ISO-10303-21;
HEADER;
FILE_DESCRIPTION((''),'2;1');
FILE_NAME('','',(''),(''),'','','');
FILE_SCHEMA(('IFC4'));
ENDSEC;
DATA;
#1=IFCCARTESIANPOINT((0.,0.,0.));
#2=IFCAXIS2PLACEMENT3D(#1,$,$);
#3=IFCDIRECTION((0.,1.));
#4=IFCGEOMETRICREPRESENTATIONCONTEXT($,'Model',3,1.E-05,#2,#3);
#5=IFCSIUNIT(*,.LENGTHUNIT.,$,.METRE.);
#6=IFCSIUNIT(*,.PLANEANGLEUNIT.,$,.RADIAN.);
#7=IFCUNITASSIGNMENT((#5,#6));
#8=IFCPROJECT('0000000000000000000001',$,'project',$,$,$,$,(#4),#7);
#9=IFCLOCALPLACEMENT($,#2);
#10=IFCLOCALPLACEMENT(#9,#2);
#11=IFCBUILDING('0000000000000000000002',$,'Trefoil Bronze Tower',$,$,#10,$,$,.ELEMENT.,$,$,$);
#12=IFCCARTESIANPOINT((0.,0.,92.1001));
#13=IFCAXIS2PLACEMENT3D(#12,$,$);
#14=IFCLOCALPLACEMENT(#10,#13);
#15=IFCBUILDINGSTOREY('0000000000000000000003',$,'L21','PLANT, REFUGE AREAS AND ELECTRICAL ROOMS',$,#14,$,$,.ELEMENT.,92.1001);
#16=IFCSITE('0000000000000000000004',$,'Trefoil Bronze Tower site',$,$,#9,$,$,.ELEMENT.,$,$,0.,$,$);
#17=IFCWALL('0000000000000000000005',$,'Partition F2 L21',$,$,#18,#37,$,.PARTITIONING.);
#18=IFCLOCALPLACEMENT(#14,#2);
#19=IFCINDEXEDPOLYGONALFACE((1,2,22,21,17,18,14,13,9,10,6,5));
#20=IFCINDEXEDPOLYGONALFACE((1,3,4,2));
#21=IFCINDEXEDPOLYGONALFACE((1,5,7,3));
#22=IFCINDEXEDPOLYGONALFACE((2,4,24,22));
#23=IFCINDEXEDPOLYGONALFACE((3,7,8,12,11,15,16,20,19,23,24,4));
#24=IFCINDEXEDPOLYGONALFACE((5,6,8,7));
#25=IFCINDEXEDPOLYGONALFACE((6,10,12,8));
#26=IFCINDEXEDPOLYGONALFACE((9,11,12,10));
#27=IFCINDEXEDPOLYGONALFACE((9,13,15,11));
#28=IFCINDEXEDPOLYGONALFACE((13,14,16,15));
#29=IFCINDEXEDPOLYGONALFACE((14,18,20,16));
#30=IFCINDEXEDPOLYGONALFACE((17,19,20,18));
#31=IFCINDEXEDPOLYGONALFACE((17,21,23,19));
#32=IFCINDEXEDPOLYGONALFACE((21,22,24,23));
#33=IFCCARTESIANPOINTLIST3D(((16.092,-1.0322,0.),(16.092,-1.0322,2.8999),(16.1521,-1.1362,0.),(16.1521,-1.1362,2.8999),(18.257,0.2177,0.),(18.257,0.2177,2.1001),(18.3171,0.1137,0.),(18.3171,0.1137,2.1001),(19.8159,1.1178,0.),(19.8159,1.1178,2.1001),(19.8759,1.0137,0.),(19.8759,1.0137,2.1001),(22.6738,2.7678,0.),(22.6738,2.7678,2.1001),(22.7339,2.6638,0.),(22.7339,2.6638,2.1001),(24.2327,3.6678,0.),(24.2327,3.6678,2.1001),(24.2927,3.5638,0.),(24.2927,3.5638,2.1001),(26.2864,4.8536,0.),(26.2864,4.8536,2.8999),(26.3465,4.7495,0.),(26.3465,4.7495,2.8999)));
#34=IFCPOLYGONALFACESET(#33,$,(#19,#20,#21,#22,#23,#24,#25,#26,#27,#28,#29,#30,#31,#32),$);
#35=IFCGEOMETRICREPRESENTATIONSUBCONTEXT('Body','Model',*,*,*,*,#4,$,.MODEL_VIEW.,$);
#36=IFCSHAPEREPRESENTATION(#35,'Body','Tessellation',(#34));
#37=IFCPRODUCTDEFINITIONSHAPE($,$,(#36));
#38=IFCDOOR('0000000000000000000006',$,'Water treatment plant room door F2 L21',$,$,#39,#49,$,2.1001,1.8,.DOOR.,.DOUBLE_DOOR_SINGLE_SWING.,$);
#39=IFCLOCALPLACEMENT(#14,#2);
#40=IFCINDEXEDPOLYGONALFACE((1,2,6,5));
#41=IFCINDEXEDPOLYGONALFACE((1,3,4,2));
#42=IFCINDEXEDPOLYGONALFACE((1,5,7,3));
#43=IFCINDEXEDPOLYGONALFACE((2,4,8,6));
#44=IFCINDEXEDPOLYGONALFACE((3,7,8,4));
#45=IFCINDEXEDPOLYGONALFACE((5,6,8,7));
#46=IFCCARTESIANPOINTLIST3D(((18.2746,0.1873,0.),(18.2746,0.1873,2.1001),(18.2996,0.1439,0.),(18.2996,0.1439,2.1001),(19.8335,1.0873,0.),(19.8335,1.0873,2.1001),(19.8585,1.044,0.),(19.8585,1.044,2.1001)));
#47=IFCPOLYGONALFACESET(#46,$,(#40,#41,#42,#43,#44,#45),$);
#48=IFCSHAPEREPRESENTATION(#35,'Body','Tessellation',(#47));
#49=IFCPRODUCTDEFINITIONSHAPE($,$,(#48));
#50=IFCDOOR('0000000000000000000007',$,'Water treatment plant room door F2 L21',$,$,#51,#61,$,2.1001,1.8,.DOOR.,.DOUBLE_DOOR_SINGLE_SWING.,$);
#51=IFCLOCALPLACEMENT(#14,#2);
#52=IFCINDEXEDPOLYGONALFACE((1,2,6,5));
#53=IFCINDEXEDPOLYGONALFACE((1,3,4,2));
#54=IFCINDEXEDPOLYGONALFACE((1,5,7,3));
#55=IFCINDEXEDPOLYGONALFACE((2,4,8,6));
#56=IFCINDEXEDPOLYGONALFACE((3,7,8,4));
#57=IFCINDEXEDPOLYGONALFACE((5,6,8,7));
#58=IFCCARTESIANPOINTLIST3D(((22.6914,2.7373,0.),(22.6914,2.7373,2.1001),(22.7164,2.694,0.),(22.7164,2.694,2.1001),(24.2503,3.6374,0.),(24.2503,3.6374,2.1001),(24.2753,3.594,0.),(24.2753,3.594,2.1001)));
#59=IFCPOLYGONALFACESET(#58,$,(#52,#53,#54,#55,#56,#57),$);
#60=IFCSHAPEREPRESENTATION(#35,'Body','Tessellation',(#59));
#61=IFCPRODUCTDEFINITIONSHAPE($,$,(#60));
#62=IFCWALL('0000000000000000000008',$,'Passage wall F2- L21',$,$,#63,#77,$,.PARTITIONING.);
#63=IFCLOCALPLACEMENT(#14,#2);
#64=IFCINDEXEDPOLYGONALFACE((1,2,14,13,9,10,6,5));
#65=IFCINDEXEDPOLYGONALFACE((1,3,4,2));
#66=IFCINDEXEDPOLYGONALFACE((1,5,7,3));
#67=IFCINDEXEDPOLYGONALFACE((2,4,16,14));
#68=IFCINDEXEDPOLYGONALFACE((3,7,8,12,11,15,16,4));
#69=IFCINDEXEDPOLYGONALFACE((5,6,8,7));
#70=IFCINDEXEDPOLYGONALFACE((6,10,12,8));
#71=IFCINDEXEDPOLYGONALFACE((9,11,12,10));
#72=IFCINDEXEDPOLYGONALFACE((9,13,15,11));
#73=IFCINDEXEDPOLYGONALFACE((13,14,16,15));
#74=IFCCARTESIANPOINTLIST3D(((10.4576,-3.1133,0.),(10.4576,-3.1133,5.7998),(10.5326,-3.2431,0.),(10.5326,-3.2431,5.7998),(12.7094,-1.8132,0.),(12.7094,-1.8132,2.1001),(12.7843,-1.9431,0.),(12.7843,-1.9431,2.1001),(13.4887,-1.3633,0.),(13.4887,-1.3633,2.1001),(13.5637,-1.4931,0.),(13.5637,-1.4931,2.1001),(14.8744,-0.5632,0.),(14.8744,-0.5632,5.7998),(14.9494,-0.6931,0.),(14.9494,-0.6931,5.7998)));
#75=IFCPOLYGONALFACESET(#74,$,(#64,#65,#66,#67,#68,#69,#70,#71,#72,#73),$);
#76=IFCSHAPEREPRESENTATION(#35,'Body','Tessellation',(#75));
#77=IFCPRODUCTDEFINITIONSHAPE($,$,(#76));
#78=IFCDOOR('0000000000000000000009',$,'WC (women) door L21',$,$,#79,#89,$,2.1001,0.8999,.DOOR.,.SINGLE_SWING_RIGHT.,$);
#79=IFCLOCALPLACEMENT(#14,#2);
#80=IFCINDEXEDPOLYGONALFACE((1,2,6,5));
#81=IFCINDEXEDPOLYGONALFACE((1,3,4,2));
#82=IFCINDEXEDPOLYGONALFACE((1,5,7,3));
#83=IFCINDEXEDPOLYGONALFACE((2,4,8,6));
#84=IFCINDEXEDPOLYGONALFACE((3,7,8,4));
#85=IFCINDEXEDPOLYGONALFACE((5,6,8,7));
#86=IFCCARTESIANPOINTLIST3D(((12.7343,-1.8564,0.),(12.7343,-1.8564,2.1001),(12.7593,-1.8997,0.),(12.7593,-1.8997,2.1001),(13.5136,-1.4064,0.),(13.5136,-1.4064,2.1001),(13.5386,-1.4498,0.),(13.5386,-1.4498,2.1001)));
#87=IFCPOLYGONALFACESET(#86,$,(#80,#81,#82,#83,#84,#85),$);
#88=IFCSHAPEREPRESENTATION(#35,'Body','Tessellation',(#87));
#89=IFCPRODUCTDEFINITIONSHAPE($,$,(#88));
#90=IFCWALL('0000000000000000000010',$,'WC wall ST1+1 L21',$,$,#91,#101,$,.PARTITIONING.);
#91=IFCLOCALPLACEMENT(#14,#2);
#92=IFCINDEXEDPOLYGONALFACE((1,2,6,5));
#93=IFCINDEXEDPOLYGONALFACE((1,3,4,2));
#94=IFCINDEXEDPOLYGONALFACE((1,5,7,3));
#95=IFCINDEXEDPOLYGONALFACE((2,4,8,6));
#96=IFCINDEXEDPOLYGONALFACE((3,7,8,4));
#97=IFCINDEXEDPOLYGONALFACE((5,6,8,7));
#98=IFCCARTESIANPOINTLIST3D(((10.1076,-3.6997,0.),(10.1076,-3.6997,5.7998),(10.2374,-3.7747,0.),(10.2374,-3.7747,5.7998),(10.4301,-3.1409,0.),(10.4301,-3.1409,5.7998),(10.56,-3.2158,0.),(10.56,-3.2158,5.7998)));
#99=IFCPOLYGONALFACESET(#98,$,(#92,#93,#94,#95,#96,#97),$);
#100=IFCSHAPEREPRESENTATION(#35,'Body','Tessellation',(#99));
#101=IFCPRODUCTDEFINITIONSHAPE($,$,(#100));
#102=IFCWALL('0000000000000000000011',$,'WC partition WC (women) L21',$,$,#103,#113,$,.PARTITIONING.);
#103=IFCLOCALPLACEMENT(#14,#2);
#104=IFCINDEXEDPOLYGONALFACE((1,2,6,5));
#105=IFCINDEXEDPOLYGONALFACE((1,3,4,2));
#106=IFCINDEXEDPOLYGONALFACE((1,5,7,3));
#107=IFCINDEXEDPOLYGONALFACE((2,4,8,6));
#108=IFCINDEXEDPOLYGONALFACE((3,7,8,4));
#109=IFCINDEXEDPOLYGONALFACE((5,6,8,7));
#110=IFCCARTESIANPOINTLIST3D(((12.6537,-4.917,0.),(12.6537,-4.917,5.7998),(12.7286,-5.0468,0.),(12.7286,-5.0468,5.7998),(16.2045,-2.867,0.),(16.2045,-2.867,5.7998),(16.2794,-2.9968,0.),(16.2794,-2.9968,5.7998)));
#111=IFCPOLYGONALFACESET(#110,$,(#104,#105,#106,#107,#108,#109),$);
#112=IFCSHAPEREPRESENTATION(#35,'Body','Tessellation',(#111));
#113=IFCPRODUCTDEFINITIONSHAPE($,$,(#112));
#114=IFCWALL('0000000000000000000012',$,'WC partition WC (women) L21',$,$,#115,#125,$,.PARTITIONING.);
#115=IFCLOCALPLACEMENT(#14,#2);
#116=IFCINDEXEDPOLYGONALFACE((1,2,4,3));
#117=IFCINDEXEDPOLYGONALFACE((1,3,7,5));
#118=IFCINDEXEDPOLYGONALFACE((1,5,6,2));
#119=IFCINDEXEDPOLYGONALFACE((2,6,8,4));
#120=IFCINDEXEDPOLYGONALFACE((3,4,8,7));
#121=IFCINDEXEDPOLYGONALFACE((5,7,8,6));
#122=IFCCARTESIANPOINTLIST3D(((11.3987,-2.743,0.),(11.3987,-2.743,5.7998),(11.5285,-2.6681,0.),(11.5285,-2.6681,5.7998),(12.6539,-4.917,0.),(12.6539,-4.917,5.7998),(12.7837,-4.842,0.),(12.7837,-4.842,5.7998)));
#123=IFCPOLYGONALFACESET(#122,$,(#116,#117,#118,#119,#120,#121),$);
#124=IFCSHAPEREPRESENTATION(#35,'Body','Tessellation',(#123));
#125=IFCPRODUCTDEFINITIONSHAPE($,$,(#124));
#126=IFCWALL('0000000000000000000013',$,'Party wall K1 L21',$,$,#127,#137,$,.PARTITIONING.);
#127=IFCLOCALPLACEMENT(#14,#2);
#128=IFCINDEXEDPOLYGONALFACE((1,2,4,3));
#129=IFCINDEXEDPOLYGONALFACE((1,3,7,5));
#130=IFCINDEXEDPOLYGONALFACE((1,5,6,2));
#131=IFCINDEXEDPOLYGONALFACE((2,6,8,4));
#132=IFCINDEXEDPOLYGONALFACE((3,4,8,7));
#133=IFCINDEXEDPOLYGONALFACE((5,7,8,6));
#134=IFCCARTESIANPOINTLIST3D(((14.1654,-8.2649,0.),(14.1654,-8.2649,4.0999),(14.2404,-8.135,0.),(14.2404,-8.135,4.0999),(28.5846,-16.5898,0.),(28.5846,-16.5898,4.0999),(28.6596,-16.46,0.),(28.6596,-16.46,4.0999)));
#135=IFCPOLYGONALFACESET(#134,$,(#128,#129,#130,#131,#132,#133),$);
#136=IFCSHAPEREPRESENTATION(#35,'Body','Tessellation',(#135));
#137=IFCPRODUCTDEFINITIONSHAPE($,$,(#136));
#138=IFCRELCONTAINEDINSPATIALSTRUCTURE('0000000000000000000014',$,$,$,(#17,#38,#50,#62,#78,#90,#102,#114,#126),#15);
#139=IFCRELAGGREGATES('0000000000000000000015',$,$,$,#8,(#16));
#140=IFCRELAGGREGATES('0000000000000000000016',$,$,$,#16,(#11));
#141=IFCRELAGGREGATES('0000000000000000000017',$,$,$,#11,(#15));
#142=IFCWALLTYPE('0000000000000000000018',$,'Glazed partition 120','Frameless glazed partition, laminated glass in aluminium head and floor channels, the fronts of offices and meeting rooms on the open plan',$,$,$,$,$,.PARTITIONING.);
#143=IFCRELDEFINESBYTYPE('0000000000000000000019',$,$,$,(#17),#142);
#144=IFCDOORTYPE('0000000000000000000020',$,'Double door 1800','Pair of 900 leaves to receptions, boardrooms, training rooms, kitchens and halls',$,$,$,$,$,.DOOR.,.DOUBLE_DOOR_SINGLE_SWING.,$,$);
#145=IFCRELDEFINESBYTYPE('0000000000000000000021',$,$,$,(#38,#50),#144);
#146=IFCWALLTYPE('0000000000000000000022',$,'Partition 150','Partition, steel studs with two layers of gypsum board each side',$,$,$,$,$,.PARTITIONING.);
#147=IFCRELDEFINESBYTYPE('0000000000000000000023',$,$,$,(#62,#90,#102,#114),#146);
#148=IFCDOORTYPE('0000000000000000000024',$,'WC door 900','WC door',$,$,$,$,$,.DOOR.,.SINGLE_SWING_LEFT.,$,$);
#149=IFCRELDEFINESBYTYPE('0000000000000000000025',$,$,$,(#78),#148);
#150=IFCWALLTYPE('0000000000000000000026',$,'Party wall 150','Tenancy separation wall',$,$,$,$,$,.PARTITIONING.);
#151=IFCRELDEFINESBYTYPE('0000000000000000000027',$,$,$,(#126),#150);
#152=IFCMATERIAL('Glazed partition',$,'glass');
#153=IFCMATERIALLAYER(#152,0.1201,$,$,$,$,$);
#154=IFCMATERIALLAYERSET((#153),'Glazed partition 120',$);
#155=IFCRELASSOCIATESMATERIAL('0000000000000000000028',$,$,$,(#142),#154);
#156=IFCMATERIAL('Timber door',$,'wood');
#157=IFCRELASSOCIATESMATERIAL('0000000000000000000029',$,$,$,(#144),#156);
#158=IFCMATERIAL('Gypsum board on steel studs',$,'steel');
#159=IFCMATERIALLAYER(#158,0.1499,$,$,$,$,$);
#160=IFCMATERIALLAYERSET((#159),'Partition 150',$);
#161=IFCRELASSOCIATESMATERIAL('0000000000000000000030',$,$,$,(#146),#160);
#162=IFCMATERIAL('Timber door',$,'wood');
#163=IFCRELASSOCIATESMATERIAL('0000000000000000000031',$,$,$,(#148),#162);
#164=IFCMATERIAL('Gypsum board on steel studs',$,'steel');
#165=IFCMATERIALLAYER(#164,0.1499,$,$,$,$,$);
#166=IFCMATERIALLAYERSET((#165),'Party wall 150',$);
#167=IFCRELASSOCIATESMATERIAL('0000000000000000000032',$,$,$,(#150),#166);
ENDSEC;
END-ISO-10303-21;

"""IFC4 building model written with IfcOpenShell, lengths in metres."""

from ifc_helpers import new_model, si_unit, direction, frame, frame_2d, origin, place, context, subcontext, project, spatial, rectangle, extrude, material, layer, layer_set, type_object, element, fill, save


model = new_model("IFC4")

# Units and contexts
model_context = context("Model", 3, precision=1e-05, world=origin(), true_north=direction((0.0, 1.0)))
body_context = subcontext(model_context, "Body", "Model", "MODEL_VIEW")
ifc_project = project(units=[si_unit("LENGTHUNIT", "METRE"), si_unit("PLANEANGLEUNIT", "RADIAN")], contexts=[model_context])

# Site, building, storey
site_placement = place(None, origin())
site = spatial("IfcSite", under=ifc_project, at=site_placement, Name="Trefoil Bronze Tower site", CompositionType="ELEMENT", RefElevation=0.0)
building_placement = place(site_placement, origin())
building = spatial("IfcBuilding", under=site, at=building_placement, Name="Trefoil Bronze Tower", CompositionType="ELEMENT")
storey_placement = place(building_placement, frame((0.0, 0.0, 92.1001)))
storey = spatial("IfcBuildingStorey", under=building, at=storey_placement, Name="L21", Description="PLANT, REFUGE AREAS AND ELECTRICAL ROOMS", CompositionType="ELEMENT", Elevation=92.1001)

# Wall, openings, doors
ifc_material_1 = material(Name="Glazed partition", Category="glass")
ifc_layer_1 = layer(ifc_material_1, 0.1201)
ifc_layer_set_1 = layer_set([ifc_layer_1], Name="Glazed partition 120")
wall_type_1 = type_object("IfcWallType", Name="Glazed partition 120", Description="Frameless glazed partition, laminated glass in aluminium head and floor channels, the fronts of offices and meeting rooms on the open plan", PredefinedType="PARTITIONING", material=ifc_layer_set_1)
wall_1_placement = place(storey_placement, frame((16.1221, -1.0842, 0.0), z_axis=(0.0, 0.0, 1.0), x_axis=(0.866024, 0.500003, 0.0)))
wall_1 = element("IfcWall", 1, at=wall_1_placement, inside=storey, type_object=wall_type_1, Name="Partition F2 L21", PredefinedType="PARTITIONING", context=body_context, shape_type="SweptSolid", body=[
    extrude(rectangle(XDim=11.7715, YDim=0.1201, at=frame_2d((5.8857, 0.0))), origin(), (0.0, 0.0, 1.0), 2.8999),
])
opening_1_placement = place(wall_1_placement, frame((2.5, 0.0, 0.0)))
opening_1 = element("IfcOpeningElement", 2, at=opening_1_placement, cuts=wall_1, PredefinedType="OPENING", context=body_context, shape_type="SweptSolid", body=[
    extrude(rectangle(XDim=1.8, YDim=2.1001, at=frame_2d((0.8999, 1.05))), frame((0.0, 0.0701, 0.0), z_axis=(0.0, -1.0, 0.0), x_axis=(1.0, 0.0, 0.0)), (0.0, 0.0, 1.0), 0.1401),
])
opening_2_placement = place(wall_1_placement, frame((7.6001, 0.0, 0.0)))
opening_2 = element("IfcOpeningElement", 3, at=opening_2_placement, cuts=wall_1, PredefinedType="OPENING", context=body_context, shape_type="SweptSolid", body=[
    extrude(rectangle(XDim=1.8, YDim=2.1001, at=frame_2d((0.8999, 1.05))), frame((0.0, 0.0701, 0.0), z_axis=(0.0, -1.0, 0.0), x_axis=(1.0, 0.0, 0.0)), (0.0, 0.0, 1.0), 0.1401),
])
ifc_material_2 = material(Name="Timber door", Category="wood")
door_type_1 = type_object("IfcDoorType", Name="Double door 1800", Description="Pair of 900 leaves to receptions, boardrooms, training rooms, kitchens and halls", OperationType="DOUBLE_DOOR_SINGLE_SWING", PredefinedType="DOOR", material=ifc_material_2)
door_1_placement = place(opening_1_placement, origin())
door_1 = element("IfcDoor", 4, at=door_1_placement, inside=storey, type_object=door_type_1, Name="Water treatment plant room door F2 L21", OperationType="DOUBLE_DOOR_SINGLE_SWING", OverallHeight=2.1001, OverallWidth=1.8, PredefinedType="DOOR", context=body_context, shape_type="SweptSolid", body=[
    extrude(rectangle(XDim=1.8, YDim=2.1001, at=frame_2d((0.8999, 1.05))), frame((0.0, 0.0249, 0.0), z_axis=(0.0, -1.0, 0.0), x_axis=(1.0, 0.0, 0.0)), (0.0, 0.0, 1.0), 0.05),
])
fill(opening_1, door_1)
door_2_placement = place(opening_2_placement, origin())
door_2 = element("IfcDoor", 5, at=door_2_placement, inside=storey, type_object=door_type_1, Name="Water treatment plant room door F2 L21", OperationType="DOUBLE_DOOR_SINGLE_SWING", OverallHeight=2.1001, OverallWidth=1.8, PredefinedType="DOOR", context=body_context, shape_type="SweptSolid", body=[
    extrude(rectangle(XDim=1.8, YDim=2.1001, at=frame_2d((0.8999, 1.05))), frame((0.0, 0.0249, 0.0), z_axis=(0.0, -1.0, 0.0), x_axis=(1.0, 0.0, 0.0)), (0.0, 0.0, 1.0), 0.05),
])
fill(opening_2, door_2)

# Wall, opening, door
ifc_material_3 = material(Name="Gypsum board on steel studs", Category="steel")
ifc_layer_2 = layer(ifc_material_3, 0.1499)
ifc_layer_set_2 = layer_set([ifc_layer_2], Name="Partition 150")
wall_type_2 = type_object("IfcWallType", Name="Partition 150", Description="Partition, steel studs with two layers of gypsum board each side", PredefinedType="PARTITIONING", material=ifc_layer_set_2)
wall_2_placement = place(storey_placement, frame((10.4951, -3.1782, 0.0), z_axis=(0.0, 0.0, 1.0), x_axis=(0.866022, 0.500006, 0.0)))
wall_2 = element("IfcWall", 6, at=wall_2_placement, inside=storey, type_object=wall_type_2, Name="Passage wall F2- L21", PredefinedType="PARTITIONING", context=body_context, shape_type="SweptSolid", body=[
    extrude(rectangle(XDim=5.1001, YDim=0.1499, at=frame_2d((2.55, 0.0))), origin(), (0.0, 0.0, 1.0), 5.7998),
])
opening_3_placement = place(wall_2_placement, frame((2.6001, 0.0, 0.0)))
opening_3 = element("IfcOpeningElement", 7, at=opening_3_placement, cuts=wall_2, PredefinedType="OPENING", context=body_context, shape_type="SweptSolid", body=[
    extrude(rectangle(XDim=0.8999, YDim=2.1001, at=frame_2d((0.45, 1.05))), frame((0.0, 0.085, 0.0), z_axis=(0.0, -1.0, 0.0), x_axis=(1.0, 0.0, 0.0)), (0.0, 0.0, 1.0), 0.1699),
])
ifc_material_4 = material(Name="Timber door", Category="wood")
door_type_2 = type_object("IfcDoorType", Name="WC door 900", Description="WC door", OperationType="SINGLE_SWING_LEFT", PredefinedType="DOOR", material=ifc_material_4)
door_3_placement = place(opening_3_placement, frame((0.8999, 0.0, 0.0), z_axis=(0.0, 0.0, 1.0), x_axis=(-1.0, 0.0, 0.0)))
door_3 = element("IfcDoor", 8, at=door_3_placement, inside=storey, type_object=door_type_2, Name="WC (women) door L21", OperationType="SINGLE_SWING_RIGHT", OverallHeight=2.1001, OverallWidth=0.8999, PredefinedType="DOOR", context=body_context, shape_type="SweptSolid", body=[
    extrude(rectangle(XDim=0.8999, YDim=2.1001, at=frame_2d((0.45, 1.05))), frame((0.0, 0.0249, 0.0), z_axis=(0.0, -1.0, 0.0), x_axis=(1.0, 0.0, 0.0)), (0.0, 0.0, 1.0), 0.05),
])
fill(opening_3, door_3)

# Walls
wall_3_placement = place(storey_placement, frame((10.4951, -3.1782, 0.0), z_axis=(0.0, 0.0, 1.0), x_axis=(-0.499843, -0.866116, 0.0)))
element("IfcWall", 9, at=wall_3_placement, inside=storey, type_object=wall_type_2, Name="WC wall ST1+1 L21", PredefinedType="PARTITIONING", context=body_context, shape_type="SweptSolid", body=[
    extrude(rectangle(XDim=0.6453, YDim=0.1499, at=frame_2d((0.3228, 0.0))), origin(), (0.0, 0.0, 1.0), 5.7998),
])
wall_4_placement = place(storey_placement, frame((12.6912, -4.9819, 0.0), z_axis=(0.0, 0.0, 1.0), x_axis=(0.866025, 0.500001, 0.0)))
element("IfcWall", 10, at=wall_4_placement, inside=storey, type_object=wall_type_2, Name="WC partition WC (women) L21", PredefinedType="PARTITIONING", context=body_context, shape_type="SweptSolid", body=[
    extrude(rectangle(XDim=4.1001, YDim=0.1499, at=frame_2d((2.05, 0.0))), origin(), (0.0, 0.0, 1.0), 5.7998),
])
wall_5_placement = place(storey_placement, frame((11.4636, -2.7056, 0.0), z_axis=(0.0, 0.0, 1.0), x_axis=(0.50002, -0.866014, 0.0)))
element("IfcWall", 11, at=wall_5_placement, inside=storey, type_object=wall_type_2, Name="WC partition WC (women) L21", PredefinedType="PARTITIONING", context=body_context, shape_type="SweptSolid", body=[
    extrude(rectangle(XDim=2.5103, YDim=0.1499, at=frame_2d((1.2551, 0.0))), origin(), (0.0, 0.0, 1.0), 5.7998),
])
ifc_material_5 = material(Name="Gypsum board on steel studs", Category="steel")
ifc_layer_3 = layer(ifc_material_5, 0.1499)
ifc_layer_set_3 = layer_set([ifc_layer_3], Name="Party wall 150")
wall_type_3 = type_object("IfcWallType", Name="Party wall 150", Description="Tenancy separation wall", PredefinedType="PARTITIONING", material=ifc_layer_set_3)
wall_6_placement = place(storey_placement, frame((14.2029, -8.2, 0.0), z_axis=(0.0, 0.0, 1.0), x_axis=(0.866025, -0.500001, 0.0)))
element("IfcWall", 12, at=wall_6_placement, inside=storey, type_object=wall_type_3, Name="Party wall K1 L21", PredefinedType="PARTITIONING", context=body_context, shape_type="SweptSolid", body=[
    extrude(rectangle(XDim=16.6499, YDim=0.1499, at=frame_2d((8.325, 0.0))), origin(), (0.0, 0.0, 1.0), 4.0999),
])

save(model, "model.ifc")
